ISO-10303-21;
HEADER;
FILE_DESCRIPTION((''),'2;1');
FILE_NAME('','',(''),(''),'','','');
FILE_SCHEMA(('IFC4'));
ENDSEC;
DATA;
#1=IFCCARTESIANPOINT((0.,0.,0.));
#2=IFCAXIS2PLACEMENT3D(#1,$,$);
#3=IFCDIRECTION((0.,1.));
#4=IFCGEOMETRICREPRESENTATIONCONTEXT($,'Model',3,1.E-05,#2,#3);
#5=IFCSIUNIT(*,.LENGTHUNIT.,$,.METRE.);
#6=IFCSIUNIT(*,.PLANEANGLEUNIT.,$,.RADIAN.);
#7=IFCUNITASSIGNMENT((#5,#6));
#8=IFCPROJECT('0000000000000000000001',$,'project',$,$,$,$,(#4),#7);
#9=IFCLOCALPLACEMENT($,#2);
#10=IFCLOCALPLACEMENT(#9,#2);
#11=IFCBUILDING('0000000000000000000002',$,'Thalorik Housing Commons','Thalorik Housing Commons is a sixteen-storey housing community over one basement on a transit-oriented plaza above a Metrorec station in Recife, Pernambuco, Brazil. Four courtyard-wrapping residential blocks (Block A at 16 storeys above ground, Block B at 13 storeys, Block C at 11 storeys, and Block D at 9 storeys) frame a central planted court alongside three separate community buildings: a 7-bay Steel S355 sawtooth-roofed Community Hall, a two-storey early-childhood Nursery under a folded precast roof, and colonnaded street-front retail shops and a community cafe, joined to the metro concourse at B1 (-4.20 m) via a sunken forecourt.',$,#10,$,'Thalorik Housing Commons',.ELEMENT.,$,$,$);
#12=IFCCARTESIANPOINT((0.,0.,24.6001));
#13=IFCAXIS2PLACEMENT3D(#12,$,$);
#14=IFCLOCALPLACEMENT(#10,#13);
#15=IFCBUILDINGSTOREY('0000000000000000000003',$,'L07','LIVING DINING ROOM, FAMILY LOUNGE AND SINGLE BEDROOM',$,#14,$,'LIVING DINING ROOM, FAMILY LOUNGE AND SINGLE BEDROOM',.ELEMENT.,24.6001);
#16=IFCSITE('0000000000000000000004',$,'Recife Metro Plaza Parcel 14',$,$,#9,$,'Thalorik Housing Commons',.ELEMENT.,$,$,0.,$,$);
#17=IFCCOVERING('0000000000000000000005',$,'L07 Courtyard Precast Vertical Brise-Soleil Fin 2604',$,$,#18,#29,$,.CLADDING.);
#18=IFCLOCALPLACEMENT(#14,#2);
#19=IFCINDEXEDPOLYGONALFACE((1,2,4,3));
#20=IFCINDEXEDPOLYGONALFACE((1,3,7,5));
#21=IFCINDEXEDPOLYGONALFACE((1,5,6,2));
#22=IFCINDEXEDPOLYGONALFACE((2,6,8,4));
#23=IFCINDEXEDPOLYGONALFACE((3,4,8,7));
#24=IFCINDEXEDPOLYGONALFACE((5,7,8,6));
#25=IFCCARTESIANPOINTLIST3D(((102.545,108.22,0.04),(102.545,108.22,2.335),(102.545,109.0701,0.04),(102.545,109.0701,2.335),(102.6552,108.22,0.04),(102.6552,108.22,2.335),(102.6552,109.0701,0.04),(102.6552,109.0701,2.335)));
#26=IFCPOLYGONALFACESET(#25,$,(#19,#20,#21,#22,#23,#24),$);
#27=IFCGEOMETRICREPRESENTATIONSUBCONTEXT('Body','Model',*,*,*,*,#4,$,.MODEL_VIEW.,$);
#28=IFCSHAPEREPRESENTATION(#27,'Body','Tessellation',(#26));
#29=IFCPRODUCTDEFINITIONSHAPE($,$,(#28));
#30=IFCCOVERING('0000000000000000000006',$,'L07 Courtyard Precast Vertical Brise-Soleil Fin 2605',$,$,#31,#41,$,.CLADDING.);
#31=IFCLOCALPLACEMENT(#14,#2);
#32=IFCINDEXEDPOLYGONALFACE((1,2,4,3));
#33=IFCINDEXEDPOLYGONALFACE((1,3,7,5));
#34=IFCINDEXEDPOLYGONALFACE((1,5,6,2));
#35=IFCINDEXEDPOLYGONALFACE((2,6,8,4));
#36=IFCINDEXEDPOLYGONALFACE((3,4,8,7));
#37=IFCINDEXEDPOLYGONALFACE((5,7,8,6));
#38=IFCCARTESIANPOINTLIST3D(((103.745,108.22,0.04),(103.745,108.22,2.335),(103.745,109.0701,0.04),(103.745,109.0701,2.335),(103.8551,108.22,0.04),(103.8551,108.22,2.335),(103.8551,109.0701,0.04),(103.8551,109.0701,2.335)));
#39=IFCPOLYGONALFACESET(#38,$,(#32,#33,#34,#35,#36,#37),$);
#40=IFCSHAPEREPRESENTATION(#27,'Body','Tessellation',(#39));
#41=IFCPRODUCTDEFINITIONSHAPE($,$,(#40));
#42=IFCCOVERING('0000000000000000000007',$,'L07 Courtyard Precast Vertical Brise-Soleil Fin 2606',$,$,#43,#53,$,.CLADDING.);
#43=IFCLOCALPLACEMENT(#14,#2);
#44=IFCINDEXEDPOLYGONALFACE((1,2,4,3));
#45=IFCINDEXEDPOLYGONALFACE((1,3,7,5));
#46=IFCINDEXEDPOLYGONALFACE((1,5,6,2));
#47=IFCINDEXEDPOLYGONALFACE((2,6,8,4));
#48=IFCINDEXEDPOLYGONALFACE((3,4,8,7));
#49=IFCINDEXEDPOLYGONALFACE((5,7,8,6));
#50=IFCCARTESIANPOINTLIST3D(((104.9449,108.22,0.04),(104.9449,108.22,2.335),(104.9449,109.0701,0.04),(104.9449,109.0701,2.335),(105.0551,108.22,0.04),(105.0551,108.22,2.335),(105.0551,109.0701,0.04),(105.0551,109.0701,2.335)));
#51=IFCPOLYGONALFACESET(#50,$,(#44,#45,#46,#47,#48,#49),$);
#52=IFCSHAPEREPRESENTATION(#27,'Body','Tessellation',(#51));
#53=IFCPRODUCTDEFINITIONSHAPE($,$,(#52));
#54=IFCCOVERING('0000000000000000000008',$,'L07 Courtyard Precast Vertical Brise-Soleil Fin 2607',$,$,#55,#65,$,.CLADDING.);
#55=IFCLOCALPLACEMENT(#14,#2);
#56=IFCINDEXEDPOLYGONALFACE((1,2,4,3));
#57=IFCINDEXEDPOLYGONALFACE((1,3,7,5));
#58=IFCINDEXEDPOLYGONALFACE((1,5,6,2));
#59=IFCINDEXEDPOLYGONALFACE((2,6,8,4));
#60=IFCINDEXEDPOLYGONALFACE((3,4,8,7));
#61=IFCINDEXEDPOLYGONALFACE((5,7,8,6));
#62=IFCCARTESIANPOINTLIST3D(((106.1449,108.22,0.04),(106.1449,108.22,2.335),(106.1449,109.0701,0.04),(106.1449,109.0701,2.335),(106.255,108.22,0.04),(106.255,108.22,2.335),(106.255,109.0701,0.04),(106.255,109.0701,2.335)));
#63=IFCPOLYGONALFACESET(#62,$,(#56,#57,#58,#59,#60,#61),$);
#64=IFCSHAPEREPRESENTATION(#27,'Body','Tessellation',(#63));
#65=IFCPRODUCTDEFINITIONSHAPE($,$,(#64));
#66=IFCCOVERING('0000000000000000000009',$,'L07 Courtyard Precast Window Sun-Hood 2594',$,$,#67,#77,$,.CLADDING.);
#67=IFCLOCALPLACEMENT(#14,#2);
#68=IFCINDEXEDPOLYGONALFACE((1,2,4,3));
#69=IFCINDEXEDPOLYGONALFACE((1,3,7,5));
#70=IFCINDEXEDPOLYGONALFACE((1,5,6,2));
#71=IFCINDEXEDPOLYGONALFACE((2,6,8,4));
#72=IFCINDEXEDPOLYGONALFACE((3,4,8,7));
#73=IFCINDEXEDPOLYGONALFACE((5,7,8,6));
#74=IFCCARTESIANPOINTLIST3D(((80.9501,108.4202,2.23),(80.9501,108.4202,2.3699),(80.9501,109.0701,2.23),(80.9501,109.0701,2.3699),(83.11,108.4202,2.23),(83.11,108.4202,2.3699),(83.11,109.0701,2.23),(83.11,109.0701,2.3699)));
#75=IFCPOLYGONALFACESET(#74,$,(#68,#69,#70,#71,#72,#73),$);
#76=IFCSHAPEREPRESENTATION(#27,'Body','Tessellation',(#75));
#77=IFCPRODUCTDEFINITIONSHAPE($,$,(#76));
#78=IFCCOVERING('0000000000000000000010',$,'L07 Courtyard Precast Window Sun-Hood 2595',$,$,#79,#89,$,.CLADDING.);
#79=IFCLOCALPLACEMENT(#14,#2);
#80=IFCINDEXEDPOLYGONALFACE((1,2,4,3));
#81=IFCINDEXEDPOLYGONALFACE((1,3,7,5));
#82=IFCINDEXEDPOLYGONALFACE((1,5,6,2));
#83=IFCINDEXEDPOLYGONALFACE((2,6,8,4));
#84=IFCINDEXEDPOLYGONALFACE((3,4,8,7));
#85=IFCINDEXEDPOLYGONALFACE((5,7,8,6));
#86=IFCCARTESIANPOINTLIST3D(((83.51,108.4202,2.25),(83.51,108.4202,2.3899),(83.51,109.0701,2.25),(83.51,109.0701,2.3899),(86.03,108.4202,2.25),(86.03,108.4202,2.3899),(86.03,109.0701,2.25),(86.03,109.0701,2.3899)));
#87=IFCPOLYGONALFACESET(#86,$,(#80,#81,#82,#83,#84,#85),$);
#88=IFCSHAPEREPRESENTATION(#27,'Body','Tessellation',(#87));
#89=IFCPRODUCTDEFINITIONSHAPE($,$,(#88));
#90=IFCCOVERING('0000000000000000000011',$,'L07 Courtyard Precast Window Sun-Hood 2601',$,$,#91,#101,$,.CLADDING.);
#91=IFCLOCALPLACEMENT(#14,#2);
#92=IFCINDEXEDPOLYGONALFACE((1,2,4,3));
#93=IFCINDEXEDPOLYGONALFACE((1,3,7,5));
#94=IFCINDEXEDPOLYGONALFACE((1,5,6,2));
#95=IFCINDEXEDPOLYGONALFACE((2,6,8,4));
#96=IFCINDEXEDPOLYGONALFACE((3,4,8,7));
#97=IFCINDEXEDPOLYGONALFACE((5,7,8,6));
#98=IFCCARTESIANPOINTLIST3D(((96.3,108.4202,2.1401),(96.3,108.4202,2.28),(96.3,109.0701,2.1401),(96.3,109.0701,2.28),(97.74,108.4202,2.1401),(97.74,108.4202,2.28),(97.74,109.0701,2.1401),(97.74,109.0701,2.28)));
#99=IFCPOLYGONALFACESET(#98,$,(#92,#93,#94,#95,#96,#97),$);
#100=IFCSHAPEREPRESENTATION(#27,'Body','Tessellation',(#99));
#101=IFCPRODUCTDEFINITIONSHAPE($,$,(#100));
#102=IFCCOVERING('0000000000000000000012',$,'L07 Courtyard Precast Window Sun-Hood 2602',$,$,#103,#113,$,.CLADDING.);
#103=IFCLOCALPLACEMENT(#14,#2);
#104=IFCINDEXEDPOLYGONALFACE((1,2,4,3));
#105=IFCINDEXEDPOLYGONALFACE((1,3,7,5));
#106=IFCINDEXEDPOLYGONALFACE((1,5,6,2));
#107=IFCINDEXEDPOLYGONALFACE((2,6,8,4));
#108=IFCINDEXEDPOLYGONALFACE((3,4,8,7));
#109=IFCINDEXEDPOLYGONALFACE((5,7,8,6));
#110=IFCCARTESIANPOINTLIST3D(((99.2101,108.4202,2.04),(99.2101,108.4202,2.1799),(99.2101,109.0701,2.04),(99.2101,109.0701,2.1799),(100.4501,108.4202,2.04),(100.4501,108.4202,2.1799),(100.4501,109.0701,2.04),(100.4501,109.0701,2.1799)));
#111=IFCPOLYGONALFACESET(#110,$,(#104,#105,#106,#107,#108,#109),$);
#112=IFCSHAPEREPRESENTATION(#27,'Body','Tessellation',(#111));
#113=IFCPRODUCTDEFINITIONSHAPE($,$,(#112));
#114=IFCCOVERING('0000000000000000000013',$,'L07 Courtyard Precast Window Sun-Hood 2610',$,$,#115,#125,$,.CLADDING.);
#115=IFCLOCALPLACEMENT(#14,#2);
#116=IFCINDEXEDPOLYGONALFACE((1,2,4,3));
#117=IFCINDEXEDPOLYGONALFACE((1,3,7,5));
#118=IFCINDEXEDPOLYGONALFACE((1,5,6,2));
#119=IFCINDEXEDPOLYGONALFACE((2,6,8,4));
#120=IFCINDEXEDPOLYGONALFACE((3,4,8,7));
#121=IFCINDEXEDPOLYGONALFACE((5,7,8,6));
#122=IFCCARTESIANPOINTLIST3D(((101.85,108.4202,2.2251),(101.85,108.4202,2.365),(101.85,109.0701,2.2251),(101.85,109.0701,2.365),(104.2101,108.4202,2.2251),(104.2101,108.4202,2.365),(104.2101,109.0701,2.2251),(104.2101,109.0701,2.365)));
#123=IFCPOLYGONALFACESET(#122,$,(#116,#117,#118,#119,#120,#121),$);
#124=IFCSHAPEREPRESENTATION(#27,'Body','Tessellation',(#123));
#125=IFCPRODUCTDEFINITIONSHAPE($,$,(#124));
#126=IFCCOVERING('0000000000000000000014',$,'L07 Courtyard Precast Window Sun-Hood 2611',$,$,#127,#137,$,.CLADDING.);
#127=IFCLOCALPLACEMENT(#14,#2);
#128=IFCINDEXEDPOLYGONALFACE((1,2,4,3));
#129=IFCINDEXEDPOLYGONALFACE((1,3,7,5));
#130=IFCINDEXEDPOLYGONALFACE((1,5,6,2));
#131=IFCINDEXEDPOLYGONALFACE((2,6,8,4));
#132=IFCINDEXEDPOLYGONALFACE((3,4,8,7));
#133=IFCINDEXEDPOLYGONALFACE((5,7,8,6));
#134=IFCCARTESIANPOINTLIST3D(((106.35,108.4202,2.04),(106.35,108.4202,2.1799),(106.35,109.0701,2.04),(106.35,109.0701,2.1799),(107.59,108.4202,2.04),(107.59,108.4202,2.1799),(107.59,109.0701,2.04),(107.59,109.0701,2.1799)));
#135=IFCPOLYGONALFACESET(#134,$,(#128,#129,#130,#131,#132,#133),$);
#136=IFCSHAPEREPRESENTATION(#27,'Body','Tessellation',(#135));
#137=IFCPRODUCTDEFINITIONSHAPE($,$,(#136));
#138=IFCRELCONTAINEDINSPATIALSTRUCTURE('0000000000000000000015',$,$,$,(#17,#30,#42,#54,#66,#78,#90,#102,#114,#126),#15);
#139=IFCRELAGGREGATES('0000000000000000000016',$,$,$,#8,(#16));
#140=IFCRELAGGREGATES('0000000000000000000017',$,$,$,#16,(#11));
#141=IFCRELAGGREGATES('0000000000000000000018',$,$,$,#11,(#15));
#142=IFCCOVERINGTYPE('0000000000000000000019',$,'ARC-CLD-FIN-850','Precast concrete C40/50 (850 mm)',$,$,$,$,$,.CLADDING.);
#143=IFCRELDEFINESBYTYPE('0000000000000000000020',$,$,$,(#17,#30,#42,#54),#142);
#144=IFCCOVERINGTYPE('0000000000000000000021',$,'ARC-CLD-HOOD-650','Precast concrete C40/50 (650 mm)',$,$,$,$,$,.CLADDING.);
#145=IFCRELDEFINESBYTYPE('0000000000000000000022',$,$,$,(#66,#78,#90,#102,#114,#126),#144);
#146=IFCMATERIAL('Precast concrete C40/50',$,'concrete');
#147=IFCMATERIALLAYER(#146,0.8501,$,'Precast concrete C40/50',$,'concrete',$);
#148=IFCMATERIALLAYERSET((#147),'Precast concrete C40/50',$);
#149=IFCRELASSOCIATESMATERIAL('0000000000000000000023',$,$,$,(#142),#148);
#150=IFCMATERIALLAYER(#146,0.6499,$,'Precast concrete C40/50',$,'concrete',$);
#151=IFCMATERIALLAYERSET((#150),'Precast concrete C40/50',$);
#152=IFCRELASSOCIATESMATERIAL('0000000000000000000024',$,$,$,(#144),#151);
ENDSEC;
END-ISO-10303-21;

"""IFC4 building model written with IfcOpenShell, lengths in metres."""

from ifc_helpers import new_model, si_unit, direction, frame, origin, origin_2d, place, context, subcontext, project, spatial, rectangle, extrude, material, layer, layer_set, type_object, element, save


model = new_model("IFC4")

# Units and contexts
model_context = context("Model", 3, precision=1e-05, world=origin(), true_north=direction((0.0, 1.0)))
body_context = subcontext(model_context, "Body", "Model", "MODEL_VIEW")
ifc_project = project(units=[si_unit("LENGTHUNIT", "METRE"), si_unit("PLANEANGLEUNIT", "RADIAN")], contexts=[model_context])

# Site, building, storey
site_placement = place(None, origin())
site = spatial("IfcSite", under=ifc_project, at=site_placement, Name="Recife Metro Plaza Parcel 14", LongName="Thalorik Housing Commons", CompositionType="ELEMENT", RefElevation=0.0)
building_placement = place(site_placement, origin())
building = spatial("IfcBuilding", under=site, at=building_placement, Name="Thalorik Housing Commons", Description="Thalorik Housing Commons is a sixteen-storey housing community over one basement on a transit-oriented plaza above a Metrorec station in Recife, Pernambuco, Brazil. Four courtyard-wrapping residential blocks (Block A at 16 storeys above ground, Block B at 13 storeys, Block C at 11 storeys, and Block D at 9 storeys) frame a central planted court alongside three separate community buildings: a 7-bay Steel S355 sawtooth-roofed Community Hall, a two-storey early-childhood Nursery under a folded precast roof, and colonnaded street-front retail shops and a community cafe, joined to the metro concourse at B1 (-4.20 m) via a sunken forecourt.", LongName="Thalorik Housing Commons", CompositionType="ELEMENT")
storey_placement = place(building_placement, frame((0.0, 0.0, 24.6001)))
storey = spatial("IfcBuildingStorey", under=building, at=storey_placement, Name="L07", Description="LIVING DINING ROOM, FAMILY LOUNGE AND SINGLE BEDROOM", LongName="LIVING DINING ROOM, FAMILY LOUNGE AND SINGLE BEDROOM", CompositionType="ELEMENT", Elevation=24.6001)

# Shared definitions
ifc_material_1 = material(Name="Precast concrete C40/50", Category="concrete")

# Coverings
ifc_layer_1 = layer(ifc_material_1, 0.8501, Name="Precast concrete C40/50", Category="concrete")
ifc_layer_set_1 = layer_set([ifc_layer_1], Name="Precast concrete C40/50")
covering_type_1 = type_object("IfcCoveringType", Name="ARC-CLD-FIN-850", Description="Precast concrete C40/50 (850 mm)", PredefinedType="CLADDING", material=ifc_layer_set_1)
for number, where, z_axis, x_axis, name in (
    (1, (102.6001, 108.645, 0.04), (0.0, 0.0, 1.0), (1.0, 0.0, 0.0), "L07 Courtyard Precast Vertical Brise-Soleil Fin 2604"),
    (2, (103.8, 108.645, 0.04), (0.0, 0.0, 1.0), (1.0, 0.0, 0.0), "L07 Courtyard Precast Vertical Brise-Soleil Fin 2605"),
    (3, (105.0, 108.645, 0.04), (0.0, 0.0, 1.0), (1.0, 0.0, 0.0), "L07 Courtyard Precast Vertical Brise-Soleil Fin 2606"),
    (4, (106.2, 108.645, 0.04), (0.0, 0.0, 1.0), (1.0, 0.0, 0.0), "L07 Courtyard Precast Vertical Brise-Soleil Fin 2607"),
):
    element("IfcCovering", number, at=place(storey_placement, frame(where, z_axis=z_axis, x_axis=x_axis)), inside=storey, type_object=covering_type_1, Name=name, PredefinedType="CLADDING", context=body_context, shape_type="SweptSolid", body=[
        extrude(rectangle(XDim=0.1101, YDim=0.8501, at=origin_2d()), origin(), (0.0, 0.0, 1.0), 2.2949),
    ])
ifc_layer_2 = layer(ifc_material_1, 0.6499, Name="Precast concrete C40/50", Category="concrete")
ifc_layer_set_2 = layer_set([ifc_layer_2], Name="Precast concrete C40/50")
covering_type_2 = type_object("IfcCoveringType", Name="ARC-CLD-HOOD-650", Description="Precast concrete C40/50 (650 mm)", PredefinedType="CLADDING", material=ifc_layer_set_2)
covering_1_placement = place(storey_placement, frame((82.03, 108.7451, 2.23), z_axis=(0.0, 0.0, 1.0), x_axis=(1.0, 0.0, 0.0)))
element("IfcCovering", 5, at=covering_1_placement, inside=storey, type_object=covering_type_2, Name="L07 Courtyard Precast Window Sun-Hood 2594", PredefinedType="CLADDING", context=body_context, shape_type="SweptSolid", body=[
    extrude(rectangle(XDim=2.1599, YDim=0.6499, at=origin_2d()), origin(), (0.0, 0.0, 1.0), 0.1399),
])
covering_2_placement = place(storey_placement, frame((84.77, 108.7451, 2.25), z_axis=(0.0, 0.0, 1.0), x_axis=(1.0, 0.0, 0.0)))
element("IfcCovering", 6, at=covering_2_placement, inside=storey, type_object=covering_type_2, Name="L07 Courtyard Precast Window Sun-Hood 2595", PredefinedType="CLADDING", context=body_context, shape_type="SweptSolid", body=[
    extrude(rectangle(XDim=2.52, YDim=0.6499, at=origin_2d()), origin(), (0.0, 0.0, 1.0), 0.1399),
])
covering_3_placement = place(storey_placement, frame((97.02, 108.7451, 2.1401), z_axis=(0.0, 0.0, 1.0), x_axis=(1.0, 0.0, 0.0)))
element("IfcCovering", 7, at=covering_3_placement, inside=storey, type_object=covering_type_2, Name="L07 Courtyard Precast Window Sun-Hood 2601", PredefinedType="CLADDING", context=body_context, shape_type="SweptSolid", body=[
    extrude(rectangle(XDim=1.4399, YDim=0.6499, at=origin_2d()), origin(), (0.0, 0.0, 1.0), 0.1399),
])
covering_4_placement = place(storey_placement, frame((99.8301, 108.7451, 2.04), z_axis=(0.0, 0.0, 1.0), x_axis=(1.0, 0.0, 0.0)))
element("IfcCovering", 8, at=covering_4_placement, inside=storey, type_object=covering_type_2, Name="L07 Courtyard Precast Window Sun-Hood 2602", PredefinedType="CLADDING", context=body_context, shape_type="SweptSolid", body=[
    extrude(rectangle(XDim=1.24, YDim=0.6499, at=origin_2d()), origin(), (0.0, 0.0, 1.0), 0.1399),
])
covering_5_placement = place(storey_placement, frame((103.03, 108.7451, 2.2251), z_axis=(0.0, 0.0, 1.0), x_axis=(1.0, 0.0, 0.0)))
element("IfcCovering", 9, at=covering_5_placement, inside=storey, type_object=covering_type_2, Name="L07 Courtyard Precast Window Sun-Hood 2610", PredefinedType="CLADDING", context=body_context, shape_type="SweptSolid", body=[
    extrude(rectangle(XDim=2.3601, YDim=0.6499, at=origin_2d()), origin(), (0.0, 0.0, 1.0), 0.1399),
])
covering_6_placement = place(storey_placement, frame((106.97, 108.7451, 2.04), z_axis=(0.0, 0.0, 1.0), x_axis=(1.0, 0.0, 0.0)))
element("IfcCovering", 10, at=covering_6_placement, inside=storey, type_object=covering_type_2, Name="L07 Courtyard Precast Window Sun-Hood 2611", PredefinedType="CLADDING", context=body_context, shape_type="SweptSolid", body=[
    extrude(rectangle(XDim=1.24, YDim=0.6499, at=origin_2d()), origin(), (0.0, 0.0, 1.0), 0.1399),
])

save(model, "model.ifc")
